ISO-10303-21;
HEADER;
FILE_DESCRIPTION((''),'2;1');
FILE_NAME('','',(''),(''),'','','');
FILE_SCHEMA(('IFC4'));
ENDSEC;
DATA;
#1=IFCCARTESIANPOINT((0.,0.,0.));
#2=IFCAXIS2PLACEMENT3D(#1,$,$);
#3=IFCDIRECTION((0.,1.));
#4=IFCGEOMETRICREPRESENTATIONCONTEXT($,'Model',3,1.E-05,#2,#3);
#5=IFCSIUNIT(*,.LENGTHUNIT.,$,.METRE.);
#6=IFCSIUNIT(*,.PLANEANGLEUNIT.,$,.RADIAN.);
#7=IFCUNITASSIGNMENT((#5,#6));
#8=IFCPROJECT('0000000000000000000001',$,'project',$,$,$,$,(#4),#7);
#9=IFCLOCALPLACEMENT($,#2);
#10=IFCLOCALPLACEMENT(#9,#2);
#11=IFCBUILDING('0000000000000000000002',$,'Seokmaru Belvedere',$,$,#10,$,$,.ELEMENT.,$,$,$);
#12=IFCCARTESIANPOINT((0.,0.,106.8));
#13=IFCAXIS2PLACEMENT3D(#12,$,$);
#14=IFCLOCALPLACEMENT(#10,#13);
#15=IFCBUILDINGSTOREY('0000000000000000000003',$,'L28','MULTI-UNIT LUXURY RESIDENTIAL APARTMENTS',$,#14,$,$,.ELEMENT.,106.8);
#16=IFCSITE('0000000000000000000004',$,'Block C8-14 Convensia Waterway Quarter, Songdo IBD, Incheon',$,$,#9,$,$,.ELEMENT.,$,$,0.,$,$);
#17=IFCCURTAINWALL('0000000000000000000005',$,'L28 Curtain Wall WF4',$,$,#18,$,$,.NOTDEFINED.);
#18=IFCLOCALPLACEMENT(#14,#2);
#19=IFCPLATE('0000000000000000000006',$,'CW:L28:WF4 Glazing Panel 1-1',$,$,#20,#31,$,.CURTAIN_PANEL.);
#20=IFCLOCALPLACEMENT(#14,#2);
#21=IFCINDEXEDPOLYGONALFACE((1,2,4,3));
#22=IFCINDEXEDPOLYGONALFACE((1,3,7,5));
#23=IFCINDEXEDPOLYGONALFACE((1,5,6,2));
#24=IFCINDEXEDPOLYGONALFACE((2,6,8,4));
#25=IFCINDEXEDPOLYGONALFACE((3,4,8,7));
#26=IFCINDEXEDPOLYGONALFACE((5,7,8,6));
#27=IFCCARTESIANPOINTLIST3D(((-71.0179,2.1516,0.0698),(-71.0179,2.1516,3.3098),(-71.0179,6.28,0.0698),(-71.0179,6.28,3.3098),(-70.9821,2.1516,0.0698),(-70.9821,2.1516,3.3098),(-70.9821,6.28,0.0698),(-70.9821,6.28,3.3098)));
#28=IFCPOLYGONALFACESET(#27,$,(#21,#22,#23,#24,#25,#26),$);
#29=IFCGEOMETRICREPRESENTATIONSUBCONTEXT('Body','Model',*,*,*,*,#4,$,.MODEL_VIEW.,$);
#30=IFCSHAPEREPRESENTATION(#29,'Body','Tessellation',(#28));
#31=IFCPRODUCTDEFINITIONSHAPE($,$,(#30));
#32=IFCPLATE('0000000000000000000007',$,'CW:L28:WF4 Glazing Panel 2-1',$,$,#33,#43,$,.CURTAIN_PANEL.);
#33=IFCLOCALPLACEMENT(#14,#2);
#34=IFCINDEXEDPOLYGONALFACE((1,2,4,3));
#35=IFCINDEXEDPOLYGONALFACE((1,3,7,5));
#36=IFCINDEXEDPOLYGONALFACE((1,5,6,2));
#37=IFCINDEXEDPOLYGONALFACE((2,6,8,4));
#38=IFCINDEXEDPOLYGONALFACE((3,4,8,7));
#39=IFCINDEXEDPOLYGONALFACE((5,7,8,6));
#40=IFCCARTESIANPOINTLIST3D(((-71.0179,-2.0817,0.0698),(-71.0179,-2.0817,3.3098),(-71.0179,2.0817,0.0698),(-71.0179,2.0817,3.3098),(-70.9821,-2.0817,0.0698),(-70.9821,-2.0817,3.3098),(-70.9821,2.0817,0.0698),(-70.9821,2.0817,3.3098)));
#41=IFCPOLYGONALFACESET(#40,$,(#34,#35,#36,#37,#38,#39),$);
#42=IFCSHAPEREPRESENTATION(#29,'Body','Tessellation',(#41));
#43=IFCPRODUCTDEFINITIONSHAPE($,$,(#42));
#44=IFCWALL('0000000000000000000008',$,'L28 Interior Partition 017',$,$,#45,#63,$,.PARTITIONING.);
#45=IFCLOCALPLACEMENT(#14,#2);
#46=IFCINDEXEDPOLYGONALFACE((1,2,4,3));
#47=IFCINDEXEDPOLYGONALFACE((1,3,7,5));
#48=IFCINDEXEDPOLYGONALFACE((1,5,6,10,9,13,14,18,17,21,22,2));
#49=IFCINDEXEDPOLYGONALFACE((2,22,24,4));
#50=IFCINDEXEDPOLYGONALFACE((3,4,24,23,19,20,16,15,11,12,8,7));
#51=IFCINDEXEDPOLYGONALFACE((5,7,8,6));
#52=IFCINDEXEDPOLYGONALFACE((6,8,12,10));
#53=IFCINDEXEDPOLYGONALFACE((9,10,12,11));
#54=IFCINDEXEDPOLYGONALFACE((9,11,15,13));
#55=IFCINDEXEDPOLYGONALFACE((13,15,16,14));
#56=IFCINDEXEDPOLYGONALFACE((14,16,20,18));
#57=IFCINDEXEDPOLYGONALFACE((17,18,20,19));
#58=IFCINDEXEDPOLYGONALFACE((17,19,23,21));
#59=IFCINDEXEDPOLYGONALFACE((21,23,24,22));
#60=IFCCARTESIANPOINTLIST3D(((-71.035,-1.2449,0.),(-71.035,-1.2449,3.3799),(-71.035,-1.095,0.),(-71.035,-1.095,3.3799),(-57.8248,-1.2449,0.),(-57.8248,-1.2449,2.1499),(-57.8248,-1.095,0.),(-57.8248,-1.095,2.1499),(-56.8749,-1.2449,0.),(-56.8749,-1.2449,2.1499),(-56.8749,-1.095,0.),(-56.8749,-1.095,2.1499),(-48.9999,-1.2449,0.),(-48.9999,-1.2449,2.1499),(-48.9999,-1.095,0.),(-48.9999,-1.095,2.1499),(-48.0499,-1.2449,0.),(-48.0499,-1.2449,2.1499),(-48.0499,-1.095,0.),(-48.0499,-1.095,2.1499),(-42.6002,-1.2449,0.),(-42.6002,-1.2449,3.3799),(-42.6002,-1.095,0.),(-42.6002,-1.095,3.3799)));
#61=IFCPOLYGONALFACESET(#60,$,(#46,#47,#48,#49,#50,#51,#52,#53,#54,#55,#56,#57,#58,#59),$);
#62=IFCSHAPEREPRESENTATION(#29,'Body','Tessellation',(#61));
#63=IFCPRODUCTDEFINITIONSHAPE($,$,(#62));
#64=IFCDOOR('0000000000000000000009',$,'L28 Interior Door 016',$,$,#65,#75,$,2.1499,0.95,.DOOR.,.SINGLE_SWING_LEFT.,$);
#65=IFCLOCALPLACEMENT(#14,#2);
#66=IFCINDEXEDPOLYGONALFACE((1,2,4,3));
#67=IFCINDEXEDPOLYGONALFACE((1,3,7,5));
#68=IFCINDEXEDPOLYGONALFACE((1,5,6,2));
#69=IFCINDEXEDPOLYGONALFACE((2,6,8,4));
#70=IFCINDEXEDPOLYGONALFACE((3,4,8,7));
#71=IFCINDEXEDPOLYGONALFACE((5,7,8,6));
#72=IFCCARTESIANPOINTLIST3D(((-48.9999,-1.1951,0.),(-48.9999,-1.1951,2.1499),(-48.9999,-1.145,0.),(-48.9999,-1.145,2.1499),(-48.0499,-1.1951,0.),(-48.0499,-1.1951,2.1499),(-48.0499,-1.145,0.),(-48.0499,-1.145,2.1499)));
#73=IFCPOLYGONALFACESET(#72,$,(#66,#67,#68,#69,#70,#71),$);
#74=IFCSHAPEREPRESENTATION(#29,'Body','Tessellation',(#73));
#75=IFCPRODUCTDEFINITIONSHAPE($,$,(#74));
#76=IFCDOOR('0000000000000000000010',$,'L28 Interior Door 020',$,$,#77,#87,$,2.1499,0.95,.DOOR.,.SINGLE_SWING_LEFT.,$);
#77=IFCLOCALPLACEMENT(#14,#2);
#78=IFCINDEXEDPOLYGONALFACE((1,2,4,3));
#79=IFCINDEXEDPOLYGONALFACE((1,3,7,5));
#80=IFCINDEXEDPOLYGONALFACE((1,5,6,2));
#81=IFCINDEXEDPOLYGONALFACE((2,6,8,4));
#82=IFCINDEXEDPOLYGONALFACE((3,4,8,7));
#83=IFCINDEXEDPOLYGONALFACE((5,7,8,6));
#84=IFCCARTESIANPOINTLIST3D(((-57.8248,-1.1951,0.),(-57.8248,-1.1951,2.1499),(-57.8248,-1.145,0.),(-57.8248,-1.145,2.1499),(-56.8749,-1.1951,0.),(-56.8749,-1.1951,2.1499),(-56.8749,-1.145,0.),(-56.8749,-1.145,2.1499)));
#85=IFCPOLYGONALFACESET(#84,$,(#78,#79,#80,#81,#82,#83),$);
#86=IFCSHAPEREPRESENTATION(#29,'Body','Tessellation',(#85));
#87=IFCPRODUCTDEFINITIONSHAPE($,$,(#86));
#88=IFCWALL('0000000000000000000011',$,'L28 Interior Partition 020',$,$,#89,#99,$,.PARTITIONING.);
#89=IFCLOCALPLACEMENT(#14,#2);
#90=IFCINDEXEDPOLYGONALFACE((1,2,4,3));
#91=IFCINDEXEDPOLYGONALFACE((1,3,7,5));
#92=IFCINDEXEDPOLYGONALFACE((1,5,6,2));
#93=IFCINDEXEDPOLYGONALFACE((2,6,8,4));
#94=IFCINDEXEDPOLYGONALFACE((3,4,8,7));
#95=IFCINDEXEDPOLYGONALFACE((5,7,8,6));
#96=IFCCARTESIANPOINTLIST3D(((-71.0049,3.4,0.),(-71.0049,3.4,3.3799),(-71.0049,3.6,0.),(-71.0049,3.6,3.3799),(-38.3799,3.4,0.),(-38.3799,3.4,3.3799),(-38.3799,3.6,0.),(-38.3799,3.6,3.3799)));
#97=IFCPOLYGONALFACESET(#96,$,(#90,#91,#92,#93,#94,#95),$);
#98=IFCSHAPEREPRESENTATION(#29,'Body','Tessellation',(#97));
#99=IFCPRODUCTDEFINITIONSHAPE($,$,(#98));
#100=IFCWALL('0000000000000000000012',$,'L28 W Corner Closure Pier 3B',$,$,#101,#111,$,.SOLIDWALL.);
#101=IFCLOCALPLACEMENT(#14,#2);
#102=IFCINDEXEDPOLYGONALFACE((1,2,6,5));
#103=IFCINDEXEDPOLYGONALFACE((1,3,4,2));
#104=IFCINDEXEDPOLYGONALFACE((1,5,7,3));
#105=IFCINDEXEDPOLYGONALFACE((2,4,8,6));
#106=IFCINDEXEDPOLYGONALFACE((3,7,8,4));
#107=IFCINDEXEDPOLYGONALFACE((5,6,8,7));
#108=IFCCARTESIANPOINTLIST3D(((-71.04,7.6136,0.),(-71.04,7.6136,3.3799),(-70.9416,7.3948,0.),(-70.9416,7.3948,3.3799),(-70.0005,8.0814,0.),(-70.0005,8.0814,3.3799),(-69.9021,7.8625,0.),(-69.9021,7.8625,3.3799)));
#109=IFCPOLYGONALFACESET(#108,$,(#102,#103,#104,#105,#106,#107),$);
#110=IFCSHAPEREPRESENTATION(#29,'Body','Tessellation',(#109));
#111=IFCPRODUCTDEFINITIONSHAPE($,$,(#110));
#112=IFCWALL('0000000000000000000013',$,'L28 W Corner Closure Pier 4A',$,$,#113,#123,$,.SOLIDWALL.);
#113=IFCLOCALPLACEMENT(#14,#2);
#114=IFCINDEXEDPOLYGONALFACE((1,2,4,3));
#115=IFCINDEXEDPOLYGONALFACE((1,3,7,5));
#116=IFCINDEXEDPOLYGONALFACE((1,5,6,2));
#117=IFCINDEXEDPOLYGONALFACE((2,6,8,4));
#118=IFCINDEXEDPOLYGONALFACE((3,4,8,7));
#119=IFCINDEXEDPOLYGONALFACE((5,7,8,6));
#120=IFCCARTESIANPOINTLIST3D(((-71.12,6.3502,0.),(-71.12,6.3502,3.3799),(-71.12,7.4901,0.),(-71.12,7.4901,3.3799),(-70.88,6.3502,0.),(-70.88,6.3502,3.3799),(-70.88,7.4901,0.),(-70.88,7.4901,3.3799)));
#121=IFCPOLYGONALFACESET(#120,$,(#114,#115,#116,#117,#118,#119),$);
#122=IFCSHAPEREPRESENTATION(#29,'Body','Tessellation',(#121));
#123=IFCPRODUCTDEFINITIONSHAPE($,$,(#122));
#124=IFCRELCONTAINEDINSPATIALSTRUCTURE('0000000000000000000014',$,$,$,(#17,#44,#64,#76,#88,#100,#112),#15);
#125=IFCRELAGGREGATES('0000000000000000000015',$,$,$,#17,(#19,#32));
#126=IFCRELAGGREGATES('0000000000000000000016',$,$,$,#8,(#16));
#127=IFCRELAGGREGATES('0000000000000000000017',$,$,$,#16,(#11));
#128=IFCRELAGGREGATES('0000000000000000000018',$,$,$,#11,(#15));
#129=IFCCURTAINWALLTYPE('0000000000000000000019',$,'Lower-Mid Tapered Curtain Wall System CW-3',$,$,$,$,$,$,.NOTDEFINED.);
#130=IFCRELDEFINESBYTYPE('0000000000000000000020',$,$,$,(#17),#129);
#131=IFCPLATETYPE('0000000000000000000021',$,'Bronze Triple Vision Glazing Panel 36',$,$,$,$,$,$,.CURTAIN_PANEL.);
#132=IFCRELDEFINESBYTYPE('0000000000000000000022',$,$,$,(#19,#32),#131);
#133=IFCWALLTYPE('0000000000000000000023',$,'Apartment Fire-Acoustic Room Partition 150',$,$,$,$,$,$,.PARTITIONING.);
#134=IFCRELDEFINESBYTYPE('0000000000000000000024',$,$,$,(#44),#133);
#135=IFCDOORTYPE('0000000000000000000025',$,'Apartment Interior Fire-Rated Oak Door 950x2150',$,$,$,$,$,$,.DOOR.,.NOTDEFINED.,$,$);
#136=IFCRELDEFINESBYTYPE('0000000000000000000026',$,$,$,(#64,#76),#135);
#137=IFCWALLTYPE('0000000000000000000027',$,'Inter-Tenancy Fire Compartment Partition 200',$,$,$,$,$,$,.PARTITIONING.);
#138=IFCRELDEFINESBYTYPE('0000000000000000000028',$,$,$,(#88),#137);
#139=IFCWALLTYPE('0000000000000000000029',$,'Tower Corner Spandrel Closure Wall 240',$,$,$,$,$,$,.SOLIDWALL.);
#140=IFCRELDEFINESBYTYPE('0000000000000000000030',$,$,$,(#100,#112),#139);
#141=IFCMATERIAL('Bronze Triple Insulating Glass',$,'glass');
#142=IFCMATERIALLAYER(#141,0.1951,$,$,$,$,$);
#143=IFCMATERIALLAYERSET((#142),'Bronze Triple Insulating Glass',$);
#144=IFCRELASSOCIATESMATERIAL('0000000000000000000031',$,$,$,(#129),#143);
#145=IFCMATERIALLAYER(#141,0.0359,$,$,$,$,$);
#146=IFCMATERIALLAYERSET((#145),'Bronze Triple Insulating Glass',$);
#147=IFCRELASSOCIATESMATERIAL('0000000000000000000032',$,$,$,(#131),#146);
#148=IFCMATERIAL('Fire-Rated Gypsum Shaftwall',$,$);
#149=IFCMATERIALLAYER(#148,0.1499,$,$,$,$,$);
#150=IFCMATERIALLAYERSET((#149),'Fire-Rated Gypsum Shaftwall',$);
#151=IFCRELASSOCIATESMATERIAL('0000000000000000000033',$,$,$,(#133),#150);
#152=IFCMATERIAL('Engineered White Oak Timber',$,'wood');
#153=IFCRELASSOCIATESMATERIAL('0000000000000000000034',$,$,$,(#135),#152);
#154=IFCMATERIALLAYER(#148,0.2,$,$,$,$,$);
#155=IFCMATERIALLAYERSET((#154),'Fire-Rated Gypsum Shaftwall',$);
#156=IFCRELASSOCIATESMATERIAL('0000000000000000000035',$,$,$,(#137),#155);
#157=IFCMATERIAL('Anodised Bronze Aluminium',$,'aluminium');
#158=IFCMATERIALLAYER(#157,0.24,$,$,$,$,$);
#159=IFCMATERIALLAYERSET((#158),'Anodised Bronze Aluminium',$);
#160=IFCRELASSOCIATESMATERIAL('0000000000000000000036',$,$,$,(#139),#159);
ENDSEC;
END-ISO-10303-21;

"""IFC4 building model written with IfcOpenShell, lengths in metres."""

from ifc_helpers import new_model, si_unit, direction, frame, frame_2d, origin, origin_2d, place, context, subcontext, project, spatial, rectangle, extrude, source, transform, mapped, material, layer, layer_set, type_object, type_shapes, element, fill, aggregate, save


model = new_model("IFC4")

# Units and contexts
model_context = context("Model", 3, precision=1e-05, world=origin(), true_north=direction((0.0, 1.0)))
body_context = subcontext(model_context, "Body", "Model", "MODEL_VIEW")
ifc_project = project(units=[si_unit("LENGTHUNIT", "METRE"), si_unit("PLANEANGLEUNIT", "RADIAN")], contexts=[model_context])

# Site, building, storey
site_placement = place(None, origin())
site = spatial("IfcSite", under=ifc_project, at=site_placement, Name="Block C8-14 Convensia Waterway Quarter, Songdo IBD, Incheon", CompositionType="ELEMENT", RefElevation=0.0)
building_placement = place(site_placement, origin())
building = spatial("IfcBuilding", under=site, at=building_placement, Name="Seokmaru Belvedere", CompositionType="ELEMENT")
storey_placement = place(building_placement, frame((0.0, 0.0, 106.8)))
storey = spatial("IfcBuildingStorey", under=building, at=storey_placement, Name="L28", Description="MULTI-UNIT LUXURY RESIDENTIAL APARTMENTS", CompositionType="ELEMENT", Elevation=106.8)

# Shared definitions
ifc_material_1 = material(Name="Bronze Triple Insulating Glass", Category="glass")
ifc_layer_1 = layer(ifc_material_1, 0.1951)
ifc_layer_set_1 = layer_set([ifc_layer_1], Name="Bronze Triple Insulating Glass")
curtain_wall_type = type_object("IfcCurtainWallType", Name="Lower-Mid Tapered Curtain Wall System CW-3", PredefinedType="NOTDEFINED", material=ifc_layer_set_1)
ifc_material_2 = material(Name="Anodised Bronze Aluminium", Category="aluminium")

# Curtain wall, plates
curtain_wall_1_placement = place(storey_placement, origin())
curtain_wall_1 = element("IfcCurtainWall", 1, at=curtain_wall_1_placement, inside=storey, type_object=curtain_wall_type, Name="L28 Curtain Wall WF4", PredefinedType="NOTDEFINED")
ifc_layer_2 = layer(ifc_material_1, 0.0359)
ifc_layer_set_2 = layer_set([ifc_layer_2], Name="Bronze Triple Insulating Glass")
plate_type = type_object("IfcPlateType", Name="Bronze Triple Vision Glazing Panel 36", PredefinedType="CURTAIN_PANEL", material=ifc_layer_set_2)
shared_shape_1 = source(origin(), body_context, "Body", "SweptSolid", [
    extrude(rectangle(XDim=4.1284, YDim=0.0359, at=origin_2d()), origin(), (0.0, 0.0, 1.0), 3.24),
])
plate_1_placement = place(storey_placement, frame((-71.0, 4.2158, 0.0698), z_axis=(0.0, 0.0, 1.0), x_axis=(0.0, -1.0, 0.0)))
plate_1 = element("IfcPlate", 2, at=plate_1_placement, type_object=plate_type, Name="CW:L28:WF4 Glazing Panel 1-1", PredefinedType="CURTAIN_PANEL", context=body_context, shape_type="MappedRepresentation", body=[
    mapped(shared_shape_1, transform((0.0, 0.0, 0.0), scale=1.0)),
])
shared_shape_2 = source(origin(), body_context, "Body", "SweptSolid", [
    extrude(rectangle(XDim=4.1633, YDim=0.0359, at=origin_2d()), origin(), (0.0, 0.0, 1.0), 3.24),
])
type_shapes(plate_type, [shared_shape_1, shared_shape_2])
plate_2_placement = place(storey_placement, frame((-71.0, 0.0, 0.0698), z_axis=(0.0, 0.0, 1.0), x_axis=(0.0, -1.0, 0.0)))
plate_2 = element("IfcPlate", 3, at=plate_2_placement, type_object=plate_type, Name="CW:L28:WF4 Glazing Panel 2-1", PredefinedType="CURTAIN_PANEL", context=body_context, shape_type="MappedRepresentation", body=[
    mapped(shared_shape_2, transform((0.0, 0.0, 0.0), scale=1.0)),
])
aggregate(curtain_wall_1, [plate_1, plate_2])

# Wall, openings, doors
ifc_material_3 = material(Name="Fire-Rated Gypsum Shaftwall")
ifc_layer_3 = layer(ifc_material_3, 0.1499)
ifc_layer_set_3 = layer_set([ifc_layer_3], Name="Fire-Rated Gypsum Shaftwall")
wall_type_1 = type_object("IfcWallType", Name="Apartment Fire-Acoustic Room Partition 150", PredefinedType="PARTITIONING", material=ifc_layer_set_3)
wall_1_placement = place(storey_placement, frame((-71.0349, -1.1699, 0.0), z_axis=(0.0, 0.0, 1.0), x_axis=(1.0, 0.0, 0.0)))
wall_1 = element("IfcWall", 4, at=wall_1_placement, inside=storey, type_object=wall_type_1, Name="L28 Interior Partition 017", PredefinedType="PARTITIONING", context=body_context, shape_type="SweptSolid", body=[
    extrude(rectangle(XDim=28.4348, YDim=0.1499, at=frame_2d((14.2173, 0.0))), origin(), (0.0, 0.0, 1.0), 3.3799),
])
opening_1_placement = place(wall_1_placement, frame((22.0349, 0.0, 0.0)))
opening_1 = element("IfcOpeningElement", 5, at=opening_1_placement, cuts=wall_1, PredefinedType="OPENING", context=body_context, shape_type="SweptSolid", body=[
    extrude(rectangle(XDim=0.95, YDim=2.1499, at=frame_2d((0.4751, 1.075))), frame((0.0, 0.085, 0.0), z_axis=(0.0, -1.0, 0.0), x_axis=(1.0, 0.0, 0.0)), (0.0, 0.0, 1.0), 0.1699),
])
opening_2_placement = place(wall_1_placement, frame((13.21, 0.0, 0.0)))
opening_2 = element("IfcOpeningElement", 6, at=opening_2_placement, cuts=wall_1, PredefinedType="OPENING", context=body_context, shape_type="SweptSolid", body=[
    extrude(rectangle(XDim=0.95, YDim=2.1499, at=frame_2d((0.4751, 1.075))), frame((0.0, 0.085, 0.0), z_axis=(0.0, -1.0, 0.0), x_axis=(1.0, 0.0, 0.0)), (0.0, 0.0, 1.0), 0.1699),
])
ifc_material_4 = material(Name="Engineered White Oak Timber", Category="wood")
door_type = type_object("IfcDoorType", Name="Apartment Interior Fire-Rated Oak Door 950x2150", OperationType="NOTDEFINED", PredefinedType="DOOR", material=ifc_material_4)
shared_shape_3 = source(origin(), body_context, "Body", "SweptSolid", [
    extrude(rectangle(XDim=0.95, YDim=2.1499, at=frame_2d((0.4751, 1.075))), frame((0.0, 0.0249, 0.0), z_axis=(0.0, -1.0, 0.0), x_axis=(1.0, 0.0, 0.0)), (0.0, 0.0, 1.0), 0.05),
])
type_shapes(door_type, [shared_shape_3])
door_1_placement = place(opening_1_placement, origin())
door_1 = element("IfcDoor", 7, at=door_1_placement, inside=storey, type_object=door_type, Name="L28 Interior Door 016", OperationType="SINGLE_SWING_LEFT", OverallHeight=2.1499, OverallWidth=0.95, PredefinedType="DOOR", context=body_context, shape_type="MappedRepresentation", body=[
    mapped(shared_shape_3, transform((0.0, 0.0, 0.0), scale=1.0)),
])
fill(opening_1, door_1)
door_2_placement = place(opening_2_placement, origin())
door_2 = element("IfcDoor", 8, at=door_2_placement, inside=storey, type_object=door_type, Name="L28 Interior Door 020", OperationType="SINGLE_SWING_LEFT", OverallHeight=2.1499, OverallWidth=0.95, PredefinedType="DOOR", context=body_context, shape_type="MappedRepresentation", body=[
    mapped(shared_shape_3, transform((0.0, 0.0, 0.0), scale=1.0)),
])
fill(opening_2, door_2)

# Walls
ifc_layer_4 = layer(ifc_material_3, 0.2)
ifc_layer_set_4 = layer_set([ifc_layer_4], Name="Fire-Rated Gypsum Shaftwall")
wall_type_2 = type_object("IfcWallType", Name="Inter-Tenancy Fire Compartment Partition 200", PredefinedType="PARTITIONING", material=ifc_layer_set_4)
wall_2_placement = place(storey_placement, frame((-71.0049, 3.5, 0.0), z_axis=(0.0, 0.0, 1.0), x_axis=(1.0, 0.0, 0.0)))
element("IfcWall", 9, at=wall_2_placement, inside=storey, type_object=wall_type_2, Name="L28 Interior Partition 020", PredefinedType="PARTITIONING", context=body_context, shape_type="SweptSolid", body=[
    extrude(rectangle(XDim=32.625, YDim=0.2, at=frame_2d((16.3125, 0.0))), origin(), (0.0, 0.0, 1.0), 3.3799),
])
ifc_layer_5 = layer(ifc_material_2, 0.24)
ifc_layer_set_5 = layer_set([ifc_layer_5], Name="Anodised Bronze Aluminium")
wall_type_3 = type_object("IfcWallType", Name="Tower Corner Spandrel Closure Wall 240", PredefinedType="SOLIDWALL", material=ifc_layer_set_5)
for number, where, z_axis, x_axis, name in (
    (10, (-69.9514, 7.9719, 0.0), (0.0, 0.0, 1.0), (-0.91193, -0.410347, 0.0), "L28 W Corner Closure Pier 3B"),
    (11, (-71.0, 7.49, 0.0), (0.0, 0.0, 1.0), (0.0, -1.0, 0.0), "L28 W Corner Closure Pier 4A"),
):
    element("IfcWall", number, at=place(storey_placement, frame(where, z_axis=z_axis, x_axis=x_axis)), inside=storey, type_object=wall_type_3, Name=name, PredefinedType="SOLIDWALL", context=body_context, shape_type="SweptSolid", body=[
        extrude(rectangle(XDim=1.1399, YDim=0.24, at=frame_2d((0.5698, 0.0))), origin(), (0.0, 0.0, 1.0), 3.3799),
    ])

save(model, "model.ifc")
